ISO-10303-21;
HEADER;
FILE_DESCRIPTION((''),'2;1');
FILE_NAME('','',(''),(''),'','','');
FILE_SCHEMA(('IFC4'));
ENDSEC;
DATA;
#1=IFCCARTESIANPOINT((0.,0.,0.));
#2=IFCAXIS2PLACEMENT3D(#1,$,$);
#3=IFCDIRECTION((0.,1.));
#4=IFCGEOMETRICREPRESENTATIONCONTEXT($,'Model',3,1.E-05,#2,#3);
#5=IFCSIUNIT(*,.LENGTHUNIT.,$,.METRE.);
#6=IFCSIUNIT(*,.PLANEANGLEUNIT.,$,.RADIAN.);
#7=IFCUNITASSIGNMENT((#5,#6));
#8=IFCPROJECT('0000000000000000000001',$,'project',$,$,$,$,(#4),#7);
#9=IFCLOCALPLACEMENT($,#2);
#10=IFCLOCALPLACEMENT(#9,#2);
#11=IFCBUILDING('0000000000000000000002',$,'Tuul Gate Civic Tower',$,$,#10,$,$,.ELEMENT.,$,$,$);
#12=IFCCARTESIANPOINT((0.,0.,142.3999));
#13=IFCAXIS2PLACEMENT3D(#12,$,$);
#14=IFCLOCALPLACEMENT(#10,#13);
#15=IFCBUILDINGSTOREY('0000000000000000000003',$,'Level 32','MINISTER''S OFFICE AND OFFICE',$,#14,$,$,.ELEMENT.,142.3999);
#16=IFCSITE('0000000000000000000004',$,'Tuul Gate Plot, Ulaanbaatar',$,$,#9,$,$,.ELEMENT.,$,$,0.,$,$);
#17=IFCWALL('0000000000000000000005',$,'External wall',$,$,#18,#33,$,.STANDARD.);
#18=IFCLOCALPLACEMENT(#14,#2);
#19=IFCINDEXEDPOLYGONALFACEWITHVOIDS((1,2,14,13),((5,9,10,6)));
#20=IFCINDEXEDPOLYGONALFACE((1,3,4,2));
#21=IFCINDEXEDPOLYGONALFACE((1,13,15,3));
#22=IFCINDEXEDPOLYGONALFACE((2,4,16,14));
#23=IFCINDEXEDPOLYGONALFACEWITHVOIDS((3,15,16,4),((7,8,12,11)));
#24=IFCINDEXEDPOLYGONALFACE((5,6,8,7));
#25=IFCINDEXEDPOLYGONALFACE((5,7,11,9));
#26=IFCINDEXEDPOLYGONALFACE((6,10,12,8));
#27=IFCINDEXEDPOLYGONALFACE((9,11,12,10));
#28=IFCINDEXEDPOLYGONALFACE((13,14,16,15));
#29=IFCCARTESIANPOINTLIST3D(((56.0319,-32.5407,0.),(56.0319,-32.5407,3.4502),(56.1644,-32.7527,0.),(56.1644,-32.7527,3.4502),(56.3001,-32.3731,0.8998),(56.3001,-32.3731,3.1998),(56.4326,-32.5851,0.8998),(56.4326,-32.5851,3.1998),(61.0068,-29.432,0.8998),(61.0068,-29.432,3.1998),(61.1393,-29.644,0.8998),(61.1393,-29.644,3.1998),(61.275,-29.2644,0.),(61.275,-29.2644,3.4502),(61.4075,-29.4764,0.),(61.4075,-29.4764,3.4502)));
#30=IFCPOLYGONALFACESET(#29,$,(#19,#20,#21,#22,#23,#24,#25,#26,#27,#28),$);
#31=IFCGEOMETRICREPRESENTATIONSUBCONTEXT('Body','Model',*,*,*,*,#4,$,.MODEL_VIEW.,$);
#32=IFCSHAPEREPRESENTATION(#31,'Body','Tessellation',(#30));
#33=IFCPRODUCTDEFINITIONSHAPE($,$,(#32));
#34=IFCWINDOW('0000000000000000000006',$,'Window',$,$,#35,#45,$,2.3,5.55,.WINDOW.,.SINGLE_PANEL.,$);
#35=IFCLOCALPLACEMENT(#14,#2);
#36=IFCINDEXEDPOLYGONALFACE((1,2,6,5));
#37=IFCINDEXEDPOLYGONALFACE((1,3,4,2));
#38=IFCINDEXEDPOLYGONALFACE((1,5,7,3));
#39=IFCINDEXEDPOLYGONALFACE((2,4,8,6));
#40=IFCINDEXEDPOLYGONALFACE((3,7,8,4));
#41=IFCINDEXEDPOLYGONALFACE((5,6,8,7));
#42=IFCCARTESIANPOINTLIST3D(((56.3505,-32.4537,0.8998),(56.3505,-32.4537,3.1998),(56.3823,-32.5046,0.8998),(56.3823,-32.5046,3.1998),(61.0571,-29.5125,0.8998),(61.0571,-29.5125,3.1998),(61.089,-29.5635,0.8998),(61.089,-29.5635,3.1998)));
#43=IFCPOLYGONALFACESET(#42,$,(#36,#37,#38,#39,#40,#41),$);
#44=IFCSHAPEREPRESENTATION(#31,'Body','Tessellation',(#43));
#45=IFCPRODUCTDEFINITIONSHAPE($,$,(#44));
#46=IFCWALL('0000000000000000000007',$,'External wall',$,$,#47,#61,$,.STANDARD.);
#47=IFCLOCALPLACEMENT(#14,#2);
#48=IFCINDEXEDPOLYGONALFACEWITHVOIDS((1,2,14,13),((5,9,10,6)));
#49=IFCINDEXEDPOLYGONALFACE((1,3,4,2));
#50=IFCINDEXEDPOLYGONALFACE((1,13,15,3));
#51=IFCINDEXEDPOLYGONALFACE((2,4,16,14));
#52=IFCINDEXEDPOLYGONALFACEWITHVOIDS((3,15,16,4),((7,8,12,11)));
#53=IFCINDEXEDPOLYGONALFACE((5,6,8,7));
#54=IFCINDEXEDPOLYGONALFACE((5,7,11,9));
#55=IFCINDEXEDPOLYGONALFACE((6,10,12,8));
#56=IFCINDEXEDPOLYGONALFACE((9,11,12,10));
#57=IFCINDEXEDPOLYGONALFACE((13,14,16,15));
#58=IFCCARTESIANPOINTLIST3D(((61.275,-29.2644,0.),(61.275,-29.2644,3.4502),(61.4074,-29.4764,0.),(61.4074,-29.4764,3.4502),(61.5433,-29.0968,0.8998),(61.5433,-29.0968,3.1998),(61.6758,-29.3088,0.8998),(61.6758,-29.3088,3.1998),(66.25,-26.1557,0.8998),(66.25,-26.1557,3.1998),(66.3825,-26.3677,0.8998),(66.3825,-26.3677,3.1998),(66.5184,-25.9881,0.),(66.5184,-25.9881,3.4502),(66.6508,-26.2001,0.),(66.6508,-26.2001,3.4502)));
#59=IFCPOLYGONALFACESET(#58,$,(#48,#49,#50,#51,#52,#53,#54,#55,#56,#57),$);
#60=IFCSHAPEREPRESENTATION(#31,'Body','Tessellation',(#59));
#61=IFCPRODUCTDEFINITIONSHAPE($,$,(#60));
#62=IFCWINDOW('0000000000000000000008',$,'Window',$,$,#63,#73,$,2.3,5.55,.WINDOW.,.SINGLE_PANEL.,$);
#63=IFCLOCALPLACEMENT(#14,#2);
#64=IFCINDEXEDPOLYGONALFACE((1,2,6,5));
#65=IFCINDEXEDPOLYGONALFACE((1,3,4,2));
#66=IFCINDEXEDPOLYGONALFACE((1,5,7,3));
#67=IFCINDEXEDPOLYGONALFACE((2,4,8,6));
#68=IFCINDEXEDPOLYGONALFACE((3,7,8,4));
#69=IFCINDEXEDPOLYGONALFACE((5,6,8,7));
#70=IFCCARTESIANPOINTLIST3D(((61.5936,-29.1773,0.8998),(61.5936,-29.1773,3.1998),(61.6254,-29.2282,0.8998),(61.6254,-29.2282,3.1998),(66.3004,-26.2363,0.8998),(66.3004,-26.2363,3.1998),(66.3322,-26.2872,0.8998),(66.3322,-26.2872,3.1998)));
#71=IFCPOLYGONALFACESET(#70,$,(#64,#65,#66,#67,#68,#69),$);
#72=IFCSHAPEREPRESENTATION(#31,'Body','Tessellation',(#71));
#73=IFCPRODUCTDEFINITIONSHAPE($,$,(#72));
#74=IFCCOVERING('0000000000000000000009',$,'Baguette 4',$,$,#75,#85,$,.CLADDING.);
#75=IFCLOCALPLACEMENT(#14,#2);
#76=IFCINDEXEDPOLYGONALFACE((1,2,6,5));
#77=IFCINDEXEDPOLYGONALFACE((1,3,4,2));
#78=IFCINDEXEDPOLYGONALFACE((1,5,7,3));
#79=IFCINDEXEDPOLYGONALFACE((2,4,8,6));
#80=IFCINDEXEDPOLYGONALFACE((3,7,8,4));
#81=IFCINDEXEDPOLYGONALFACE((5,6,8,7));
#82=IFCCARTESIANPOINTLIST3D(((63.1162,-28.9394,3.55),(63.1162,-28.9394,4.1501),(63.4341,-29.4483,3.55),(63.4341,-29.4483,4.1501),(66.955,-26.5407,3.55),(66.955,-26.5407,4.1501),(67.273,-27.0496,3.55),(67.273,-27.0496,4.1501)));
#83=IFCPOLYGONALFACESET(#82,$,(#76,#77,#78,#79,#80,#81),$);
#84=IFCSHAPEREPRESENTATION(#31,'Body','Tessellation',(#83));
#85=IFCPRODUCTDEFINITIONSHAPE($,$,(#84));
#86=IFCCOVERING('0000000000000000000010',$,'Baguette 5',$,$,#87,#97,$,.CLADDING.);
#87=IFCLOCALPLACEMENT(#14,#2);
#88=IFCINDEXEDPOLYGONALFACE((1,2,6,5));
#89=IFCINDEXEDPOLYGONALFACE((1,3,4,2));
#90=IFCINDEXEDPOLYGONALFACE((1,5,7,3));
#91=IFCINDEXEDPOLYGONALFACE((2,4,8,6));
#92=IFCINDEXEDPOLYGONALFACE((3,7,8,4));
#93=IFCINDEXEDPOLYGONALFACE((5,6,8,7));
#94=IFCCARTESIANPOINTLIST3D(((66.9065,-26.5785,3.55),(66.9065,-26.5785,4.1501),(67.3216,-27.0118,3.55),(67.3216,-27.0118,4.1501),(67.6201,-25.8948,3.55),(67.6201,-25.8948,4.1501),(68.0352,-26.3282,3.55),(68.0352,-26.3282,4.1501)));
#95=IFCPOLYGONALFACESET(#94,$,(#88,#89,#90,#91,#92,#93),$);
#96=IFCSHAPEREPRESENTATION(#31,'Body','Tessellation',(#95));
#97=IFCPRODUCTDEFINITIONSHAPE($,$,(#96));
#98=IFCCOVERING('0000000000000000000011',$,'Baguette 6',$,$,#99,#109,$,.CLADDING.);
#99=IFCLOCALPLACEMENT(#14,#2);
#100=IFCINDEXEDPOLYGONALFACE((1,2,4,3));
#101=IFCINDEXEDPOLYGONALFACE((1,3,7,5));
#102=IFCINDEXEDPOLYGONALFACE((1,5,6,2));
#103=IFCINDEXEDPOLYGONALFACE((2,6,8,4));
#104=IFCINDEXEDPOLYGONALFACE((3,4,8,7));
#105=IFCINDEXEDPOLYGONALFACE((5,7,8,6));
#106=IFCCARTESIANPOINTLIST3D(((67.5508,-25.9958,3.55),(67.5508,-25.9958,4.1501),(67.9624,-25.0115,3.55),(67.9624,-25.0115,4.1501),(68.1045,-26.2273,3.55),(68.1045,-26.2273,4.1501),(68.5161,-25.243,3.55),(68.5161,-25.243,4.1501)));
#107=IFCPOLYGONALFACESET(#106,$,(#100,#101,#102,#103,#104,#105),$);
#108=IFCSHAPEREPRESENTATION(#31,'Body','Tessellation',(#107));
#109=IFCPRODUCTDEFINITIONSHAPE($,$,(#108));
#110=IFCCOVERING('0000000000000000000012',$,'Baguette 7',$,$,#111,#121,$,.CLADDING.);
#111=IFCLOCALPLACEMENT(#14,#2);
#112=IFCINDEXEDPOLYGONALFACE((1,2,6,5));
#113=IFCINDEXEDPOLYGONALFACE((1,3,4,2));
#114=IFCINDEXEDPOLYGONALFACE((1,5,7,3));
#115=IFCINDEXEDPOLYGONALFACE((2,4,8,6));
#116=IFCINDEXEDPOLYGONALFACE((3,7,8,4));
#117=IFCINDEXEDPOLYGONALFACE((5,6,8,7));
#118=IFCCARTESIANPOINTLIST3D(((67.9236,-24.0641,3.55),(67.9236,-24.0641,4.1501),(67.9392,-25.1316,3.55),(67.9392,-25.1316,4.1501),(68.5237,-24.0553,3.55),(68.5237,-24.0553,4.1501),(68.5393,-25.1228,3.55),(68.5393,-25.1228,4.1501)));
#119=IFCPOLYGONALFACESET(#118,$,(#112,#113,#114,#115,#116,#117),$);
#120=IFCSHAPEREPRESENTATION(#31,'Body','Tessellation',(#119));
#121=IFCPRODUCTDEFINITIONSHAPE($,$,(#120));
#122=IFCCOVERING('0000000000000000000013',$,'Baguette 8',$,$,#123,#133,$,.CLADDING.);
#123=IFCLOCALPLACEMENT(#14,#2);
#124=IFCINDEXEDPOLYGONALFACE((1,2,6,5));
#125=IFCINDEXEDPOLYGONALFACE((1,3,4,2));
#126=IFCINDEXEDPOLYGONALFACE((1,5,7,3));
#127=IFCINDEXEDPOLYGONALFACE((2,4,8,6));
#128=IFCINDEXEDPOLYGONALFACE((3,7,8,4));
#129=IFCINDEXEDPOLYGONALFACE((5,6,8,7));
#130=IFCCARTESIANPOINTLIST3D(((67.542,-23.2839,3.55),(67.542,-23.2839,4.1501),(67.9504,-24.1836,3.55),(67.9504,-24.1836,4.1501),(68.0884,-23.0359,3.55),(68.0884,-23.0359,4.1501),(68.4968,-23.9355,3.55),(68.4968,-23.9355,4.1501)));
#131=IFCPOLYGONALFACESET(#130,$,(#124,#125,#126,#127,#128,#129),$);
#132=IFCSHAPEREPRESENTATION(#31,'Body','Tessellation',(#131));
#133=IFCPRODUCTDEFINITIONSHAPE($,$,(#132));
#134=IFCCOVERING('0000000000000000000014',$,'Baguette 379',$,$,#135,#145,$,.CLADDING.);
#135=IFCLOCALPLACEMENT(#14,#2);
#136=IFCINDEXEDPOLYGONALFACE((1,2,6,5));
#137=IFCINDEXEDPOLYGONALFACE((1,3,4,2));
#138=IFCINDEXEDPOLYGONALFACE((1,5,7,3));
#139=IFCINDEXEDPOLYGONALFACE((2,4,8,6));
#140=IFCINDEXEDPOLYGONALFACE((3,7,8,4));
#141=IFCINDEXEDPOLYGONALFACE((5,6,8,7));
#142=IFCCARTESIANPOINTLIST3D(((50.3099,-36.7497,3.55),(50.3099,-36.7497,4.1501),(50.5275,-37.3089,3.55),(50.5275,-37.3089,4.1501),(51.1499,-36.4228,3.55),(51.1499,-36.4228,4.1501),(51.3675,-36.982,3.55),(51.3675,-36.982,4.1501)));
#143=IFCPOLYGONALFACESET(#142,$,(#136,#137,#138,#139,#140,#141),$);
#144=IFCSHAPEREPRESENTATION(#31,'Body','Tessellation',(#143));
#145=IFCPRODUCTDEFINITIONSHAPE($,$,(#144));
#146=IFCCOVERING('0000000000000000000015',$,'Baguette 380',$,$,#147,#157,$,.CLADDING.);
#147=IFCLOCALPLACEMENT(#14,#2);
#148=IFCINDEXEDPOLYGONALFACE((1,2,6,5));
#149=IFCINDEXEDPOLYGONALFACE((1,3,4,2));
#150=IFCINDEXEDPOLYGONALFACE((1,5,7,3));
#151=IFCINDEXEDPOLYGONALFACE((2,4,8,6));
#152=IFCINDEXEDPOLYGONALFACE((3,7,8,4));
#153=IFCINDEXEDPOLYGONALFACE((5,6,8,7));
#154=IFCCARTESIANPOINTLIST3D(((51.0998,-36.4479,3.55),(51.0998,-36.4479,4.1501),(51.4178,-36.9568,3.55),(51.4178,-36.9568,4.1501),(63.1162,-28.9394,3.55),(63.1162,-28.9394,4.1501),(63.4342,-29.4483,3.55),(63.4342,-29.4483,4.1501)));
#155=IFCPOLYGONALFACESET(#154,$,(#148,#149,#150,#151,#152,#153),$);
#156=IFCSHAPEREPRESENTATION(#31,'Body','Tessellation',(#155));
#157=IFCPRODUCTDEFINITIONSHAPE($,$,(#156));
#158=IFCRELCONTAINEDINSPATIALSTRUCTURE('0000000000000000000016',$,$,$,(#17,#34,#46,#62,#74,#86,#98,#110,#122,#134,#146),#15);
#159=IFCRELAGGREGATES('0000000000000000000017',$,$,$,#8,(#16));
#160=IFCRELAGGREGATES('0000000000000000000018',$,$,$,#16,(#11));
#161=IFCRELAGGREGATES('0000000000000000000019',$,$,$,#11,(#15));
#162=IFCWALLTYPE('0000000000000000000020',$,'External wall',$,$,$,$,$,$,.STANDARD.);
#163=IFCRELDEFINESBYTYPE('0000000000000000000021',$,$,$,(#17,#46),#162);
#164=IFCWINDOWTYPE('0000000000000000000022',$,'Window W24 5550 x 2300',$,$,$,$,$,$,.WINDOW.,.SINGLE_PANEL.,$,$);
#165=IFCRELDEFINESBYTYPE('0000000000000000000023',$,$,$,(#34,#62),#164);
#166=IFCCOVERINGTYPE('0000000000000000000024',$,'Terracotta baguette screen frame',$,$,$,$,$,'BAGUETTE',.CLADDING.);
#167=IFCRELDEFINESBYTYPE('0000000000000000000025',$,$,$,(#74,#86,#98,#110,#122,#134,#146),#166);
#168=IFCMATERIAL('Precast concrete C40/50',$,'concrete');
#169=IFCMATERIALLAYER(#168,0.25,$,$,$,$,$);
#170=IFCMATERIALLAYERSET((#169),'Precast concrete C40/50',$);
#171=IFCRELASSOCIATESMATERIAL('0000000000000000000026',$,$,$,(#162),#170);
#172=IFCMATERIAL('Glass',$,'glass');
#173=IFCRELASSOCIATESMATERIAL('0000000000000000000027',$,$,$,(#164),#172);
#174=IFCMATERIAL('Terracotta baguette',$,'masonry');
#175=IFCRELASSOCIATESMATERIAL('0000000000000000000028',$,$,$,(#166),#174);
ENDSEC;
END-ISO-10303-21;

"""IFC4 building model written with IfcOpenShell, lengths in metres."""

from ifc_helpers import new_model, si_unit, direction, frame, frame_2d, origin, origin_2d, place, context, subcontext, project, spatial, rectangle, extrude, material, layer, layer_set, material_profile, profile_set, type_object, element, fill, save


model = new_model("IFC4")

# Units and contexts
model_context = context("Model", 3, precision=1e-05, world=origin(), true_north=direction((0.0, 1.0)))
body_context = subcontext(model_context, "Body", "Model", "MODEL_VIEW")
ifc_project = project(units=[si_unit("LENGTHUNIT", "METRE"), si_unit("PLANEANGLEUNIT", "RADIAN")], contexts=[model_context])

# Site, building, storey
site_placement = place(None, origin())
site = spatial("IfcSite", under=ifc_project, at=site_placement, Name="Tuul Gate Plot, Ulaanbaatar", CompositionType="ELEMENT", RefElevation=0.0)
building_placement = place(site_placement, origin())
building = spatial("IfcBuilding", under=site, at=building_placement, Name="Tuul Gate Civic Tower", CompositionType="ELEMENT")
storey_placement = place(building_placement, frame((0.0, 0.0, 142.3999)))
storey = spatial("IfcBuildingStorey", under=building, at=storey_placement, Name="Level 32", Description="MINISTER'S OFFICE AND OFFICE", CompositionType="ELEMENT", Elevation=142.3999)

# Shared definitions
ifc_material_1 = material(Name="Precast concrete C40/50", Category="concrete")
ifc_layer_1 = layer(ifc_material_1, 0.25)
ifc_layer_set_1 = layer_set([ifc_layer_1], Name="Precast concrete C40/50")
wall_type_1 = type_object("IfcWallType", Name="External wall", PredefinedType="STANDARD", material=ifc_layer_set_1)

# Walls, openings, windows
wall_1_placement = place(storey_placement, frame((56.0981, -32.6467, 0.0), z_axis=(0.0, 0.0, 1.0), x_axis=(0.848043, 0.529928, 0.0)))
wall_1 = element("IfcWall", 1, at=wall_1_placement, inside=storey, type_object=wall_type_1, Name="External wall", PredefinedType="STANDARD", context=body_context, shape_type="SweptSolid", body=[
    extrude(rectangle(XDim=6.1826, YDim=0.25, at=frame_2d((3.0913, 0.0))), origin(), (0.0, 0.0, 1.0), 3.4502),
])
opening_1_placement = place(wall_1_placement, frame((0.3164, 0.0, 0.8999)))
opening_1 = element("IfcOpeningElement", 2, at=opening_1_placement, cuts=wall_1, PredefinedType="OPENING", context=body_context, shape_type="SweptSolid", body=[
    extrude(rectangle(XDim=5.55, YDim=2.3, at=frame_2d((2.7749, 1.1499))), frame((0.0, 0.135, 0.0), z_axis=(0.0, -1.0, 0.0), x_axis=(1.0, 0.0, 0.0)), (0.0, 0.0, 1.0), 0.27),
])
ifc_material_2 = material(Name="Glass", Category="glass")
window_type = type_object("IfcWindowType", Name="Window W24 5550 x 2300", PartitioningType="SINGLE_PANEL", PredefinedType="WINDOW", material=ifc_material_2)
window_1_placement = place(opening_1_placement, origin())
window_1 = element("IfcWindow", 3, at=window_1_placement, inside=storey, type_object=window_type, Name="Window", OverallHeight=2.3, OverallWidth=5.55, PartitioningType="SINGLE_PANEL", PredefinedType="WINDOW", context=body_context, shape_type="SweptSolid", body=[
    extrude(rectangle(XDim=5.55, YDim=2.3, at=frame_2d((2.7749, 1.1499))), frame((0.0, 0.03, 0.0), z_axis=(0.0, -1.0, 0.0), x_axis=(1.0, 0.0, 0.0)), (0.0, 0.0, 1.0), 0.0601),
])
fill(opening_1, window_1)
wall_2_placement = place(storey_placement, frame((61.3413, -29.3704, 0.0), z_axis=(0.0, 0.0, 1.0), x_axis=(0.848054, 0.52991, 0.0)))
wall_2 = element("IfcWall", 4, at=wall_2_placement, inside=storey, type_object=wall_type_1, Name="External wall", PredefinedType="STANDARD", context=body_context, shape_type="SweptSolid", body=[
    extrude(rectangle(XDim=6.1829, YDim=0.25, at=frame_2d((3.0913, 0.0))), origin(), (0.0, 0.0, 1.0), 3.4502),
])
opening_2_placement = place(wall_2_placement, frame((0.3164, 0.0, 0.8999)))
opening_2 = element("IfcOpeningElement", 5, at=opening_2_placement, cuts=wall_2, PredefinedType="OPENING", context=body_context, shape_type="SweptSolid", body=[
    extrude(rectangle(XDim=5.55, YDim=2.3, at=frame_2d((2.7749, 1.1499))), frame((0.0, 0.135, 0.0), z_axis=(0.0, -1.0, 0.0), x_axis=(1.0, 0.0, 0.0)), (0.0, 0.0, 1.0), 0.27),
])
window_2_placement = place(opening_2_placement, origin())
window_2 = element("IfcWindow", 6, at=window_2_placement, inside=storey, type_object=window_type, Name="Window", OverallHeight=2.3, OverallWidth=5.55, PartitioningType="SINGLE_PANEL", PredefinedType="WINDOW", context=body_context, shape_type="SweptSolid", body=[
    extrude(rectangle(XDim=5.55, YDim=2.3, at=frame_2d((2.7749, 1.1499))), frame((0.0, 0.03, 0.0), z_axis=(0.0, -1.0, 0.0), x_axis=(1.0, 0.0, 0.0)), (0.0, 0.0, 1.0), 0.0601),
])
fill(opening_2, window_2)

# Coverings
ifc_material_3 = material(Name="Terracotta baguette", Category="masonry")
ifc_material_profile_1 = material_profile(ifc_material_3, rectangle(XDim=0.6001, YDim=0.6001, at=origin_2d()), Name="Terracotta baguette screen frame")
ifc_profile_set_1 = profile_set([ifc_material_profile_1], Name="Terracotta baguette")
covering_type = type_object("IfcCoveringType", Name="Terracotta baguette screen frame", ElementType="BAGUETTE", PredefinedType="CLADDING", material=ifc_profile_set_1)
covering_1_placement = place(storey_placement, frame((63.2751, -29.1938, 3.8501), z_axis=(0.848059, 0.529902, 0.0), x_axis=(-0.529902, 0.848059, 0.0)))
element("IfcCovering", 7, at=covering_1_placement, inside=storey, type_object=covering_type, Name="Baguette 4", PredefinedType="CLADDING", context=body_context, shape_type="SweptSolid", body=[
    extrude(rectangle(XDim=0.6001, YDim=0.6001, at=origin_2d()), origin(), (0.0, 0.0, 1.0), 4.5266),
])
covering_2_placement = place(storey_placement, frame((67.114, -26.7952, 3.8501), z_axis=(0.722137, 0.69175, 0.0), x_axis=(-0.69175, 0.722137, 0.0)))
element("IfcCovering", 8, at=covering_2_placement, inside=storey, type_object=covering_type, Name="Baguette 5", PredefinedType="CLADDING", context=body_context, shape_type="SweptSolid", body=[
    extrude(rectangle(XDim=0.6001, YDim=0.6001, at=origin_2d()), origin(), (0.0, 0.0, 1.0), 0.9883),
])
covering_3_placement = place(storey_placement, frame((67.8276, -26.1116, 3.8501), z_axis=(0.385785, 0.922589, 0.0), x_axis=(-0.922589, 0.385785, 0.0)))
element("IfcCovering", 9, at=covering_3_placement, inside=storey, type_object=covering_type, Name="Baguette 6", PredefinedType="CLADDING", context=body_context, shape_type="SweptSolid", body=[
    extrude(rectangle(XDim=0.6001, YDim=0.6001, at=origin_2d()), origin(), (0.0, 0.0, 1.0), 1.0669),
])
covering_4_placement = place(storey_placement, frame((68.2393, -25.1272, 3.8501), z_axis=(-0.014634, 0.999893, 0.0), x_axis=(-0.999893, -0.014634, 0.0)))
element("IfcCovering", 10, at=covering_4_placement, inside=storey, type_object=covering_type, Name="Baguette 7", PredefinedType="CLADDING", context=body_context, shape_type="SweptSolid", body=[
    extrude(rectangle(XDim=0.6001, YDim=0.6001, at=origin_2d()), origin(), (0.0, 0.0, 1.0), 1.0676),
])
covering_5_placement = place(storey_placement, frame((68.2236, -24.0596, 3.8501), z_axis=(-0.413393, 0.910553, 0.0), x_axis=(-0.910553, -0.413393, 0.0)))
element("IfcCovering", 11, at=covering_5_placement, inside=storey, type_object=covering_type, Name="Baguette 8", PredefinedType="CLADDING", context=body_context, shape_type="SweptSolid", body=[
    extrude(rectangle(XDim=0.6001, YDim=0.6001, at=origin_2d()), origin(), (0.0, 0.0, 1.0), 0.988),
])
covering_6_placement = place(storey_placement, frame((50.4187, -37.0293, 3.8501), z_axis=(0.931928, 0.362642, 0.0), x_axis=(-0.362642, 0.931928, 0.0)))
element("IfcCovering", 12, at=covering_6_placement, inside=storey, type_object=covering_type, Name="Baguette 379", PredefinedType="CLADDING", context=body_context, shape_type="SweptSolid", body=[
    extrude(rectangle(XDim=0.6001, YDim=0.6001, at=origin_2d()), origin(), (0.0, 0.0, 1.0), 0.9014),
])
covering_7_placement = place(storey_placement, frame((51.2588, -36.7024, 3.8501), z_axis=(0.848052, 0.529914, 0.0), x_axis=(-0.529914, 0.848052, 0.0)))
element("IfcCovering", 13, at=covering_7_placement, inside=storey, type_object=covering_type, Name="Baguette 380", PredefinedType="CLADDING", context=body_context, shape_type="SweptSolid", body=[
    extrude(rectangle(XDim=0.6001, YDim=0.6001, at=origin_2d()), origin(), (0.0, 0.0, 1.0), 14.1694),
])

save(model, "model.ifc")
